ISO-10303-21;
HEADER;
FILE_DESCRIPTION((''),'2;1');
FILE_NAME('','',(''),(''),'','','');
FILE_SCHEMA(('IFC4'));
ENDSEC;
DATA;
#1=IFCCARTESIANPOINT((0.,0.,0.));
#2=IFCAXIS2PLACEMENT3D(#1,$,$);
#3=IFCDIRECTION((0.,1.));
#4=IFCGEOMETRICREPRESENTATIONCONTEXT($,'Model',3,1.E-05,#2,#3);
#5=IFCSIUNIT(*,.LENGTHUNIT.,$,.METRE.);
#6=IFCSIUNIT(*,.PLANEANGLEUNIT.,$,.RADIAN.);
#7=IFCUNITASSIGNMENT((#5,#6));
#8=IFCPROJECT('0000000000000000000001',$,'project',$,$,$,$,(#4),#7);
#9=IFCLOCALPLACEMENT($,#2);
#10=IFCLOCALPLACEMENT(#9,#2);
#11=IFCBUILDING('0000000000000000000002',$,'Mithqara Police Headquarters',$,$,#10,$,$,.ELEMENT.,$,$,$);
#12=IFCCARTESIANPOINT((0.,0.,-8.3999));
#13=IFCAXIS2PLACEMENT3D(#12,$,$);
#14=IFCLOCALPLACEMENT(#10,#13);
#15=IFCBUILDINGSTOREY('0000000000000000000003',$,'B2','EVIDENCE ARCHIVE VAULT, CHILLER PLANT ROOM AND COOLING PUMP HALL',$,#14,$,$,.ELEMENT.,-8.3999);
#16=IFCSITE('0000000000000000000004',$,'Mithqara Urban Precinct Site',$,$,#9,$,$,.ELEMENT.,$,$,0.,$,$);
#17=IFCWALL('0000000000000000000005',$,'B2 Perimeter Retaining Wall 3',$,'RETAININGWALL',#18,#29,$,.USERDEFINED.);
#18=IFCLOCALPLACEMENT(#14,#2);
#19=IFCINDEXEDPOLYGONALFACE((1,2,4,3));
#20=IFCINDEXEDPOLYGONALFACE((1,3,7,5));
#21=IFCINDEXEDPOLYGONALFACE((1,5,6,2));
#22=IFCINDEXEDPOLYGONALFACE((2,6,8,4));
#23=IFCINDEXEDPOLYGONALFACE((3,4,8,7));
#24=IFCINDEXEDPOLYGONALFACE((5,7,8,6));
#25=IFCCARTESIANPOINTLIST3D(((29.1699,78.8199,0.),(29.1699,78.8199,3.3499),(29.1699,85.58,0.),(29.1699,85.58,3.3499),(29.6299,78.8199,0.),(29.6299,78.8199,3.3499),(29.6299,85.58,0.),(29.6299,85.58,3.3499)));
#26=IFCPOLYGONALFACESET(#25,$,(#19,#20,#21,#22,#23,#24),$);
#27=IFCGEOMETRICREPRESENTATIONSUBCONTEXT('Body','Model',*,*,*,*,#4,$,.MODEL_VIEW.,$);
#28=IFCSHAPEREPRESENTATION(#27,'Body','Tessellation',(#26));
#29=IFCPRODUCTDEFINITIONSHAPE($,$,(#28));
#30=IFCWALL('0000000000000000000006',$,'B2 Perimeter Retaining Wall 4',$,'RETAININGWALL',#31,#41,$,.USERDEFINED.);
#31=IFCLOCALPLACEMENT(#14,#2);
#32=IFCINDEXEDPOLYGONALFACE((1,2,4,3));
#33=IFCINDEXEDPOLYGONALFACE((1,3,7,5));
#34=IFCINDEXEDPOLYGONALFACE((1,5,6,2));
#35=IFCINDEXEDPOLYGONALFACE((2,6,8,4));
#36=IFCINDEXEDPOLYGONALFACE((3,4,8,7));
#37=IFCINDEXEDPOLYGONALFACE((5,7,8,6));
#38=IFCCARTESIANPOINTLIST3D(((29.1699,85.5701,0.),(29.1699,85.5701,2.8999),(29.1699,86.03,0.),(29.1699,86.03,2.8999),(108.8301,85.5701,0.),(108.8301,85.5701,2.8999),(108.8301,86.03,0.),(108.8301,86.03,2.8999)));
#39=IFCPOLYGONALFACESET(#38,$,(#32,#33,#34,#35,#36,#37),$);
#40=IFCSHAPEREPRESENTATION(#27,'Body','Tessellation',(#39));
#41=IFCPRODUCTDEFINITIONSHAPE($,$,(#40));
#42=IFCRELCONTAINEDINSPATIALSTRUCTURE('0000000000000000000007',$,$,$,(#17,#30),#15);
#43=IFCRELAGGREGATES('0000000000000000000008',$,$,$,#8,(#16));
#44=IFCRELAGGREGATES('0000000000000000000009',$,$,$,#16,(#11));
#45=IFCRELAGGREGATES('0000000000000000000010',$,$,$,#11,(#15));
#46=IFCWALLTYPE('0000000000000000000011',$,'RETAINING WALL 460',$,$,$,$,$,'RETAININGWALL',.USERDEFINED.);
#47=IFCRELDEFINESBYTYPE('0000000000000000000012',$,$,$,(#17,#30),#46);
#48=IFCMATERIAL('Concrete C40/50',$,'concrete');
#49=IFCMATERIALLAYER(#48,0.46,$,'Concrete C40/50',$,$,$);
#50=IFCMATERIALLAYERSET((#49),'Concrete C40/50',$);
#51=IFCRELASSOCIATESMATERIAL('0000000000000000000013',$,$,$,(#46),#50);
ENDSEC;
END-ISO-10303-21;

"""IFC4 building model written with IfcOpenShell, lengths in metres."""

from ifc_helpers import new_model, si_unit, direction, frame, frame_2d, origin, place, context, subcontext, project, spatial, rectangle, extrude, material, layer, layer_set, type_object, element, save


model = new_model("IFC4")

# Units and contexts
model_context = context("Model", 3, precision=1e-05, world=origin(), true_north=direction((0.0, 1.0)))
body_context = subcontext(model_context, "Body", "Model", "MODEL_VIEW")
ifc_project = project(units=[si_unit("LENGTHUNIT", "METRE"), si_unit("PLANEANGLEUNIT", "RADIAN")], contexts=[model_context])

# Site, building, storey
site_placement = place(None, origin())
site = spatial("IfcSite", under=ifc_project, at=site_placement, Name="Mithqara Urban Precinct Site", CompositionType="ELEMENT", RefElevation=0.0)
building_placement = place(site_placement, origin())
building = spatial("IfcBuilding", under=site, at=building_placement, Name="Mithqara Police Headquarters", CompositionType="ELEMENT")
storey_placement = place(building_placement, frame((0.0, 0.0, -8.3999)))
storey = spatial("IfcBuildingStorey", under=building, at=storey_placement, Name="B2", Description="EVIDENCE ARCHIVE VAULT, CHILLER PLANT ROOM AND COOLING PUMP HALL", CompositionType="ELEMENT", Elevation=-8.3999)

# Shared definitions
ifc_material_1 = material(Name="Concrete C40/50", Category="concrete")

# Walls
ifc_layer = layer(ifc_material_1, 0.46, Name="Concrete C40/50")
ifc_layer_set = layer_set([ifc_layer], Name="Concrete C40/50")
wall_type = type_object("IfcWallType", Name="RETAINING WALL 460", ElementType="RETAININGWALL", PredefinedType="USERDEFINED", material=ifc_layer_set)
wall_1_placement = place(storey_placement, frame((29.3999, 78.8201, 0.0), z_axis=(0.0, 0.0, 1.0), x_axis=(0.0, 1.0, 0.0)))
element("IfcWall", 1, at=wall_1_placement, inside=storey, type_object=wall_type, Name="B2 Perimeter Retaining Wall 3", ObjectType="RETAININGWALL", PredefinedType="USERDEFINED", context=body_context, shape_type="SweptSolid", body=[
    extrude(rectangle(XDim=6.76, YDim=0.46, at=frame_2d((3.3799, 0.0))), origin(), (0.0, 0.0, 1.0), 3.3499),
])
wall_2_placement = place(storey_placement, frame((29.1699, 85.8, 0.0), z_axis=(0.0, 0.0, 1.0), x_axis=(1.0, 0.0, 0.0)))
element("IfcWall", 2, at=wall_2_placement, inside=storey, type_object=wall_type, Name="B2 Perimeter Retaining Wall 4", ObjectType="RETAININGWALL", PredefinedType="USERDEFINED", context=body_context, shape_type="SweptSolid", body=[
    extrude(rectangle(XDim=79.6602, YDim=0.46, at=frame_2d((39.8301, 0.0))), origin(), (0.0, 0.0, 1.0), 2.8999),
])

save(model, "model.ifc")
